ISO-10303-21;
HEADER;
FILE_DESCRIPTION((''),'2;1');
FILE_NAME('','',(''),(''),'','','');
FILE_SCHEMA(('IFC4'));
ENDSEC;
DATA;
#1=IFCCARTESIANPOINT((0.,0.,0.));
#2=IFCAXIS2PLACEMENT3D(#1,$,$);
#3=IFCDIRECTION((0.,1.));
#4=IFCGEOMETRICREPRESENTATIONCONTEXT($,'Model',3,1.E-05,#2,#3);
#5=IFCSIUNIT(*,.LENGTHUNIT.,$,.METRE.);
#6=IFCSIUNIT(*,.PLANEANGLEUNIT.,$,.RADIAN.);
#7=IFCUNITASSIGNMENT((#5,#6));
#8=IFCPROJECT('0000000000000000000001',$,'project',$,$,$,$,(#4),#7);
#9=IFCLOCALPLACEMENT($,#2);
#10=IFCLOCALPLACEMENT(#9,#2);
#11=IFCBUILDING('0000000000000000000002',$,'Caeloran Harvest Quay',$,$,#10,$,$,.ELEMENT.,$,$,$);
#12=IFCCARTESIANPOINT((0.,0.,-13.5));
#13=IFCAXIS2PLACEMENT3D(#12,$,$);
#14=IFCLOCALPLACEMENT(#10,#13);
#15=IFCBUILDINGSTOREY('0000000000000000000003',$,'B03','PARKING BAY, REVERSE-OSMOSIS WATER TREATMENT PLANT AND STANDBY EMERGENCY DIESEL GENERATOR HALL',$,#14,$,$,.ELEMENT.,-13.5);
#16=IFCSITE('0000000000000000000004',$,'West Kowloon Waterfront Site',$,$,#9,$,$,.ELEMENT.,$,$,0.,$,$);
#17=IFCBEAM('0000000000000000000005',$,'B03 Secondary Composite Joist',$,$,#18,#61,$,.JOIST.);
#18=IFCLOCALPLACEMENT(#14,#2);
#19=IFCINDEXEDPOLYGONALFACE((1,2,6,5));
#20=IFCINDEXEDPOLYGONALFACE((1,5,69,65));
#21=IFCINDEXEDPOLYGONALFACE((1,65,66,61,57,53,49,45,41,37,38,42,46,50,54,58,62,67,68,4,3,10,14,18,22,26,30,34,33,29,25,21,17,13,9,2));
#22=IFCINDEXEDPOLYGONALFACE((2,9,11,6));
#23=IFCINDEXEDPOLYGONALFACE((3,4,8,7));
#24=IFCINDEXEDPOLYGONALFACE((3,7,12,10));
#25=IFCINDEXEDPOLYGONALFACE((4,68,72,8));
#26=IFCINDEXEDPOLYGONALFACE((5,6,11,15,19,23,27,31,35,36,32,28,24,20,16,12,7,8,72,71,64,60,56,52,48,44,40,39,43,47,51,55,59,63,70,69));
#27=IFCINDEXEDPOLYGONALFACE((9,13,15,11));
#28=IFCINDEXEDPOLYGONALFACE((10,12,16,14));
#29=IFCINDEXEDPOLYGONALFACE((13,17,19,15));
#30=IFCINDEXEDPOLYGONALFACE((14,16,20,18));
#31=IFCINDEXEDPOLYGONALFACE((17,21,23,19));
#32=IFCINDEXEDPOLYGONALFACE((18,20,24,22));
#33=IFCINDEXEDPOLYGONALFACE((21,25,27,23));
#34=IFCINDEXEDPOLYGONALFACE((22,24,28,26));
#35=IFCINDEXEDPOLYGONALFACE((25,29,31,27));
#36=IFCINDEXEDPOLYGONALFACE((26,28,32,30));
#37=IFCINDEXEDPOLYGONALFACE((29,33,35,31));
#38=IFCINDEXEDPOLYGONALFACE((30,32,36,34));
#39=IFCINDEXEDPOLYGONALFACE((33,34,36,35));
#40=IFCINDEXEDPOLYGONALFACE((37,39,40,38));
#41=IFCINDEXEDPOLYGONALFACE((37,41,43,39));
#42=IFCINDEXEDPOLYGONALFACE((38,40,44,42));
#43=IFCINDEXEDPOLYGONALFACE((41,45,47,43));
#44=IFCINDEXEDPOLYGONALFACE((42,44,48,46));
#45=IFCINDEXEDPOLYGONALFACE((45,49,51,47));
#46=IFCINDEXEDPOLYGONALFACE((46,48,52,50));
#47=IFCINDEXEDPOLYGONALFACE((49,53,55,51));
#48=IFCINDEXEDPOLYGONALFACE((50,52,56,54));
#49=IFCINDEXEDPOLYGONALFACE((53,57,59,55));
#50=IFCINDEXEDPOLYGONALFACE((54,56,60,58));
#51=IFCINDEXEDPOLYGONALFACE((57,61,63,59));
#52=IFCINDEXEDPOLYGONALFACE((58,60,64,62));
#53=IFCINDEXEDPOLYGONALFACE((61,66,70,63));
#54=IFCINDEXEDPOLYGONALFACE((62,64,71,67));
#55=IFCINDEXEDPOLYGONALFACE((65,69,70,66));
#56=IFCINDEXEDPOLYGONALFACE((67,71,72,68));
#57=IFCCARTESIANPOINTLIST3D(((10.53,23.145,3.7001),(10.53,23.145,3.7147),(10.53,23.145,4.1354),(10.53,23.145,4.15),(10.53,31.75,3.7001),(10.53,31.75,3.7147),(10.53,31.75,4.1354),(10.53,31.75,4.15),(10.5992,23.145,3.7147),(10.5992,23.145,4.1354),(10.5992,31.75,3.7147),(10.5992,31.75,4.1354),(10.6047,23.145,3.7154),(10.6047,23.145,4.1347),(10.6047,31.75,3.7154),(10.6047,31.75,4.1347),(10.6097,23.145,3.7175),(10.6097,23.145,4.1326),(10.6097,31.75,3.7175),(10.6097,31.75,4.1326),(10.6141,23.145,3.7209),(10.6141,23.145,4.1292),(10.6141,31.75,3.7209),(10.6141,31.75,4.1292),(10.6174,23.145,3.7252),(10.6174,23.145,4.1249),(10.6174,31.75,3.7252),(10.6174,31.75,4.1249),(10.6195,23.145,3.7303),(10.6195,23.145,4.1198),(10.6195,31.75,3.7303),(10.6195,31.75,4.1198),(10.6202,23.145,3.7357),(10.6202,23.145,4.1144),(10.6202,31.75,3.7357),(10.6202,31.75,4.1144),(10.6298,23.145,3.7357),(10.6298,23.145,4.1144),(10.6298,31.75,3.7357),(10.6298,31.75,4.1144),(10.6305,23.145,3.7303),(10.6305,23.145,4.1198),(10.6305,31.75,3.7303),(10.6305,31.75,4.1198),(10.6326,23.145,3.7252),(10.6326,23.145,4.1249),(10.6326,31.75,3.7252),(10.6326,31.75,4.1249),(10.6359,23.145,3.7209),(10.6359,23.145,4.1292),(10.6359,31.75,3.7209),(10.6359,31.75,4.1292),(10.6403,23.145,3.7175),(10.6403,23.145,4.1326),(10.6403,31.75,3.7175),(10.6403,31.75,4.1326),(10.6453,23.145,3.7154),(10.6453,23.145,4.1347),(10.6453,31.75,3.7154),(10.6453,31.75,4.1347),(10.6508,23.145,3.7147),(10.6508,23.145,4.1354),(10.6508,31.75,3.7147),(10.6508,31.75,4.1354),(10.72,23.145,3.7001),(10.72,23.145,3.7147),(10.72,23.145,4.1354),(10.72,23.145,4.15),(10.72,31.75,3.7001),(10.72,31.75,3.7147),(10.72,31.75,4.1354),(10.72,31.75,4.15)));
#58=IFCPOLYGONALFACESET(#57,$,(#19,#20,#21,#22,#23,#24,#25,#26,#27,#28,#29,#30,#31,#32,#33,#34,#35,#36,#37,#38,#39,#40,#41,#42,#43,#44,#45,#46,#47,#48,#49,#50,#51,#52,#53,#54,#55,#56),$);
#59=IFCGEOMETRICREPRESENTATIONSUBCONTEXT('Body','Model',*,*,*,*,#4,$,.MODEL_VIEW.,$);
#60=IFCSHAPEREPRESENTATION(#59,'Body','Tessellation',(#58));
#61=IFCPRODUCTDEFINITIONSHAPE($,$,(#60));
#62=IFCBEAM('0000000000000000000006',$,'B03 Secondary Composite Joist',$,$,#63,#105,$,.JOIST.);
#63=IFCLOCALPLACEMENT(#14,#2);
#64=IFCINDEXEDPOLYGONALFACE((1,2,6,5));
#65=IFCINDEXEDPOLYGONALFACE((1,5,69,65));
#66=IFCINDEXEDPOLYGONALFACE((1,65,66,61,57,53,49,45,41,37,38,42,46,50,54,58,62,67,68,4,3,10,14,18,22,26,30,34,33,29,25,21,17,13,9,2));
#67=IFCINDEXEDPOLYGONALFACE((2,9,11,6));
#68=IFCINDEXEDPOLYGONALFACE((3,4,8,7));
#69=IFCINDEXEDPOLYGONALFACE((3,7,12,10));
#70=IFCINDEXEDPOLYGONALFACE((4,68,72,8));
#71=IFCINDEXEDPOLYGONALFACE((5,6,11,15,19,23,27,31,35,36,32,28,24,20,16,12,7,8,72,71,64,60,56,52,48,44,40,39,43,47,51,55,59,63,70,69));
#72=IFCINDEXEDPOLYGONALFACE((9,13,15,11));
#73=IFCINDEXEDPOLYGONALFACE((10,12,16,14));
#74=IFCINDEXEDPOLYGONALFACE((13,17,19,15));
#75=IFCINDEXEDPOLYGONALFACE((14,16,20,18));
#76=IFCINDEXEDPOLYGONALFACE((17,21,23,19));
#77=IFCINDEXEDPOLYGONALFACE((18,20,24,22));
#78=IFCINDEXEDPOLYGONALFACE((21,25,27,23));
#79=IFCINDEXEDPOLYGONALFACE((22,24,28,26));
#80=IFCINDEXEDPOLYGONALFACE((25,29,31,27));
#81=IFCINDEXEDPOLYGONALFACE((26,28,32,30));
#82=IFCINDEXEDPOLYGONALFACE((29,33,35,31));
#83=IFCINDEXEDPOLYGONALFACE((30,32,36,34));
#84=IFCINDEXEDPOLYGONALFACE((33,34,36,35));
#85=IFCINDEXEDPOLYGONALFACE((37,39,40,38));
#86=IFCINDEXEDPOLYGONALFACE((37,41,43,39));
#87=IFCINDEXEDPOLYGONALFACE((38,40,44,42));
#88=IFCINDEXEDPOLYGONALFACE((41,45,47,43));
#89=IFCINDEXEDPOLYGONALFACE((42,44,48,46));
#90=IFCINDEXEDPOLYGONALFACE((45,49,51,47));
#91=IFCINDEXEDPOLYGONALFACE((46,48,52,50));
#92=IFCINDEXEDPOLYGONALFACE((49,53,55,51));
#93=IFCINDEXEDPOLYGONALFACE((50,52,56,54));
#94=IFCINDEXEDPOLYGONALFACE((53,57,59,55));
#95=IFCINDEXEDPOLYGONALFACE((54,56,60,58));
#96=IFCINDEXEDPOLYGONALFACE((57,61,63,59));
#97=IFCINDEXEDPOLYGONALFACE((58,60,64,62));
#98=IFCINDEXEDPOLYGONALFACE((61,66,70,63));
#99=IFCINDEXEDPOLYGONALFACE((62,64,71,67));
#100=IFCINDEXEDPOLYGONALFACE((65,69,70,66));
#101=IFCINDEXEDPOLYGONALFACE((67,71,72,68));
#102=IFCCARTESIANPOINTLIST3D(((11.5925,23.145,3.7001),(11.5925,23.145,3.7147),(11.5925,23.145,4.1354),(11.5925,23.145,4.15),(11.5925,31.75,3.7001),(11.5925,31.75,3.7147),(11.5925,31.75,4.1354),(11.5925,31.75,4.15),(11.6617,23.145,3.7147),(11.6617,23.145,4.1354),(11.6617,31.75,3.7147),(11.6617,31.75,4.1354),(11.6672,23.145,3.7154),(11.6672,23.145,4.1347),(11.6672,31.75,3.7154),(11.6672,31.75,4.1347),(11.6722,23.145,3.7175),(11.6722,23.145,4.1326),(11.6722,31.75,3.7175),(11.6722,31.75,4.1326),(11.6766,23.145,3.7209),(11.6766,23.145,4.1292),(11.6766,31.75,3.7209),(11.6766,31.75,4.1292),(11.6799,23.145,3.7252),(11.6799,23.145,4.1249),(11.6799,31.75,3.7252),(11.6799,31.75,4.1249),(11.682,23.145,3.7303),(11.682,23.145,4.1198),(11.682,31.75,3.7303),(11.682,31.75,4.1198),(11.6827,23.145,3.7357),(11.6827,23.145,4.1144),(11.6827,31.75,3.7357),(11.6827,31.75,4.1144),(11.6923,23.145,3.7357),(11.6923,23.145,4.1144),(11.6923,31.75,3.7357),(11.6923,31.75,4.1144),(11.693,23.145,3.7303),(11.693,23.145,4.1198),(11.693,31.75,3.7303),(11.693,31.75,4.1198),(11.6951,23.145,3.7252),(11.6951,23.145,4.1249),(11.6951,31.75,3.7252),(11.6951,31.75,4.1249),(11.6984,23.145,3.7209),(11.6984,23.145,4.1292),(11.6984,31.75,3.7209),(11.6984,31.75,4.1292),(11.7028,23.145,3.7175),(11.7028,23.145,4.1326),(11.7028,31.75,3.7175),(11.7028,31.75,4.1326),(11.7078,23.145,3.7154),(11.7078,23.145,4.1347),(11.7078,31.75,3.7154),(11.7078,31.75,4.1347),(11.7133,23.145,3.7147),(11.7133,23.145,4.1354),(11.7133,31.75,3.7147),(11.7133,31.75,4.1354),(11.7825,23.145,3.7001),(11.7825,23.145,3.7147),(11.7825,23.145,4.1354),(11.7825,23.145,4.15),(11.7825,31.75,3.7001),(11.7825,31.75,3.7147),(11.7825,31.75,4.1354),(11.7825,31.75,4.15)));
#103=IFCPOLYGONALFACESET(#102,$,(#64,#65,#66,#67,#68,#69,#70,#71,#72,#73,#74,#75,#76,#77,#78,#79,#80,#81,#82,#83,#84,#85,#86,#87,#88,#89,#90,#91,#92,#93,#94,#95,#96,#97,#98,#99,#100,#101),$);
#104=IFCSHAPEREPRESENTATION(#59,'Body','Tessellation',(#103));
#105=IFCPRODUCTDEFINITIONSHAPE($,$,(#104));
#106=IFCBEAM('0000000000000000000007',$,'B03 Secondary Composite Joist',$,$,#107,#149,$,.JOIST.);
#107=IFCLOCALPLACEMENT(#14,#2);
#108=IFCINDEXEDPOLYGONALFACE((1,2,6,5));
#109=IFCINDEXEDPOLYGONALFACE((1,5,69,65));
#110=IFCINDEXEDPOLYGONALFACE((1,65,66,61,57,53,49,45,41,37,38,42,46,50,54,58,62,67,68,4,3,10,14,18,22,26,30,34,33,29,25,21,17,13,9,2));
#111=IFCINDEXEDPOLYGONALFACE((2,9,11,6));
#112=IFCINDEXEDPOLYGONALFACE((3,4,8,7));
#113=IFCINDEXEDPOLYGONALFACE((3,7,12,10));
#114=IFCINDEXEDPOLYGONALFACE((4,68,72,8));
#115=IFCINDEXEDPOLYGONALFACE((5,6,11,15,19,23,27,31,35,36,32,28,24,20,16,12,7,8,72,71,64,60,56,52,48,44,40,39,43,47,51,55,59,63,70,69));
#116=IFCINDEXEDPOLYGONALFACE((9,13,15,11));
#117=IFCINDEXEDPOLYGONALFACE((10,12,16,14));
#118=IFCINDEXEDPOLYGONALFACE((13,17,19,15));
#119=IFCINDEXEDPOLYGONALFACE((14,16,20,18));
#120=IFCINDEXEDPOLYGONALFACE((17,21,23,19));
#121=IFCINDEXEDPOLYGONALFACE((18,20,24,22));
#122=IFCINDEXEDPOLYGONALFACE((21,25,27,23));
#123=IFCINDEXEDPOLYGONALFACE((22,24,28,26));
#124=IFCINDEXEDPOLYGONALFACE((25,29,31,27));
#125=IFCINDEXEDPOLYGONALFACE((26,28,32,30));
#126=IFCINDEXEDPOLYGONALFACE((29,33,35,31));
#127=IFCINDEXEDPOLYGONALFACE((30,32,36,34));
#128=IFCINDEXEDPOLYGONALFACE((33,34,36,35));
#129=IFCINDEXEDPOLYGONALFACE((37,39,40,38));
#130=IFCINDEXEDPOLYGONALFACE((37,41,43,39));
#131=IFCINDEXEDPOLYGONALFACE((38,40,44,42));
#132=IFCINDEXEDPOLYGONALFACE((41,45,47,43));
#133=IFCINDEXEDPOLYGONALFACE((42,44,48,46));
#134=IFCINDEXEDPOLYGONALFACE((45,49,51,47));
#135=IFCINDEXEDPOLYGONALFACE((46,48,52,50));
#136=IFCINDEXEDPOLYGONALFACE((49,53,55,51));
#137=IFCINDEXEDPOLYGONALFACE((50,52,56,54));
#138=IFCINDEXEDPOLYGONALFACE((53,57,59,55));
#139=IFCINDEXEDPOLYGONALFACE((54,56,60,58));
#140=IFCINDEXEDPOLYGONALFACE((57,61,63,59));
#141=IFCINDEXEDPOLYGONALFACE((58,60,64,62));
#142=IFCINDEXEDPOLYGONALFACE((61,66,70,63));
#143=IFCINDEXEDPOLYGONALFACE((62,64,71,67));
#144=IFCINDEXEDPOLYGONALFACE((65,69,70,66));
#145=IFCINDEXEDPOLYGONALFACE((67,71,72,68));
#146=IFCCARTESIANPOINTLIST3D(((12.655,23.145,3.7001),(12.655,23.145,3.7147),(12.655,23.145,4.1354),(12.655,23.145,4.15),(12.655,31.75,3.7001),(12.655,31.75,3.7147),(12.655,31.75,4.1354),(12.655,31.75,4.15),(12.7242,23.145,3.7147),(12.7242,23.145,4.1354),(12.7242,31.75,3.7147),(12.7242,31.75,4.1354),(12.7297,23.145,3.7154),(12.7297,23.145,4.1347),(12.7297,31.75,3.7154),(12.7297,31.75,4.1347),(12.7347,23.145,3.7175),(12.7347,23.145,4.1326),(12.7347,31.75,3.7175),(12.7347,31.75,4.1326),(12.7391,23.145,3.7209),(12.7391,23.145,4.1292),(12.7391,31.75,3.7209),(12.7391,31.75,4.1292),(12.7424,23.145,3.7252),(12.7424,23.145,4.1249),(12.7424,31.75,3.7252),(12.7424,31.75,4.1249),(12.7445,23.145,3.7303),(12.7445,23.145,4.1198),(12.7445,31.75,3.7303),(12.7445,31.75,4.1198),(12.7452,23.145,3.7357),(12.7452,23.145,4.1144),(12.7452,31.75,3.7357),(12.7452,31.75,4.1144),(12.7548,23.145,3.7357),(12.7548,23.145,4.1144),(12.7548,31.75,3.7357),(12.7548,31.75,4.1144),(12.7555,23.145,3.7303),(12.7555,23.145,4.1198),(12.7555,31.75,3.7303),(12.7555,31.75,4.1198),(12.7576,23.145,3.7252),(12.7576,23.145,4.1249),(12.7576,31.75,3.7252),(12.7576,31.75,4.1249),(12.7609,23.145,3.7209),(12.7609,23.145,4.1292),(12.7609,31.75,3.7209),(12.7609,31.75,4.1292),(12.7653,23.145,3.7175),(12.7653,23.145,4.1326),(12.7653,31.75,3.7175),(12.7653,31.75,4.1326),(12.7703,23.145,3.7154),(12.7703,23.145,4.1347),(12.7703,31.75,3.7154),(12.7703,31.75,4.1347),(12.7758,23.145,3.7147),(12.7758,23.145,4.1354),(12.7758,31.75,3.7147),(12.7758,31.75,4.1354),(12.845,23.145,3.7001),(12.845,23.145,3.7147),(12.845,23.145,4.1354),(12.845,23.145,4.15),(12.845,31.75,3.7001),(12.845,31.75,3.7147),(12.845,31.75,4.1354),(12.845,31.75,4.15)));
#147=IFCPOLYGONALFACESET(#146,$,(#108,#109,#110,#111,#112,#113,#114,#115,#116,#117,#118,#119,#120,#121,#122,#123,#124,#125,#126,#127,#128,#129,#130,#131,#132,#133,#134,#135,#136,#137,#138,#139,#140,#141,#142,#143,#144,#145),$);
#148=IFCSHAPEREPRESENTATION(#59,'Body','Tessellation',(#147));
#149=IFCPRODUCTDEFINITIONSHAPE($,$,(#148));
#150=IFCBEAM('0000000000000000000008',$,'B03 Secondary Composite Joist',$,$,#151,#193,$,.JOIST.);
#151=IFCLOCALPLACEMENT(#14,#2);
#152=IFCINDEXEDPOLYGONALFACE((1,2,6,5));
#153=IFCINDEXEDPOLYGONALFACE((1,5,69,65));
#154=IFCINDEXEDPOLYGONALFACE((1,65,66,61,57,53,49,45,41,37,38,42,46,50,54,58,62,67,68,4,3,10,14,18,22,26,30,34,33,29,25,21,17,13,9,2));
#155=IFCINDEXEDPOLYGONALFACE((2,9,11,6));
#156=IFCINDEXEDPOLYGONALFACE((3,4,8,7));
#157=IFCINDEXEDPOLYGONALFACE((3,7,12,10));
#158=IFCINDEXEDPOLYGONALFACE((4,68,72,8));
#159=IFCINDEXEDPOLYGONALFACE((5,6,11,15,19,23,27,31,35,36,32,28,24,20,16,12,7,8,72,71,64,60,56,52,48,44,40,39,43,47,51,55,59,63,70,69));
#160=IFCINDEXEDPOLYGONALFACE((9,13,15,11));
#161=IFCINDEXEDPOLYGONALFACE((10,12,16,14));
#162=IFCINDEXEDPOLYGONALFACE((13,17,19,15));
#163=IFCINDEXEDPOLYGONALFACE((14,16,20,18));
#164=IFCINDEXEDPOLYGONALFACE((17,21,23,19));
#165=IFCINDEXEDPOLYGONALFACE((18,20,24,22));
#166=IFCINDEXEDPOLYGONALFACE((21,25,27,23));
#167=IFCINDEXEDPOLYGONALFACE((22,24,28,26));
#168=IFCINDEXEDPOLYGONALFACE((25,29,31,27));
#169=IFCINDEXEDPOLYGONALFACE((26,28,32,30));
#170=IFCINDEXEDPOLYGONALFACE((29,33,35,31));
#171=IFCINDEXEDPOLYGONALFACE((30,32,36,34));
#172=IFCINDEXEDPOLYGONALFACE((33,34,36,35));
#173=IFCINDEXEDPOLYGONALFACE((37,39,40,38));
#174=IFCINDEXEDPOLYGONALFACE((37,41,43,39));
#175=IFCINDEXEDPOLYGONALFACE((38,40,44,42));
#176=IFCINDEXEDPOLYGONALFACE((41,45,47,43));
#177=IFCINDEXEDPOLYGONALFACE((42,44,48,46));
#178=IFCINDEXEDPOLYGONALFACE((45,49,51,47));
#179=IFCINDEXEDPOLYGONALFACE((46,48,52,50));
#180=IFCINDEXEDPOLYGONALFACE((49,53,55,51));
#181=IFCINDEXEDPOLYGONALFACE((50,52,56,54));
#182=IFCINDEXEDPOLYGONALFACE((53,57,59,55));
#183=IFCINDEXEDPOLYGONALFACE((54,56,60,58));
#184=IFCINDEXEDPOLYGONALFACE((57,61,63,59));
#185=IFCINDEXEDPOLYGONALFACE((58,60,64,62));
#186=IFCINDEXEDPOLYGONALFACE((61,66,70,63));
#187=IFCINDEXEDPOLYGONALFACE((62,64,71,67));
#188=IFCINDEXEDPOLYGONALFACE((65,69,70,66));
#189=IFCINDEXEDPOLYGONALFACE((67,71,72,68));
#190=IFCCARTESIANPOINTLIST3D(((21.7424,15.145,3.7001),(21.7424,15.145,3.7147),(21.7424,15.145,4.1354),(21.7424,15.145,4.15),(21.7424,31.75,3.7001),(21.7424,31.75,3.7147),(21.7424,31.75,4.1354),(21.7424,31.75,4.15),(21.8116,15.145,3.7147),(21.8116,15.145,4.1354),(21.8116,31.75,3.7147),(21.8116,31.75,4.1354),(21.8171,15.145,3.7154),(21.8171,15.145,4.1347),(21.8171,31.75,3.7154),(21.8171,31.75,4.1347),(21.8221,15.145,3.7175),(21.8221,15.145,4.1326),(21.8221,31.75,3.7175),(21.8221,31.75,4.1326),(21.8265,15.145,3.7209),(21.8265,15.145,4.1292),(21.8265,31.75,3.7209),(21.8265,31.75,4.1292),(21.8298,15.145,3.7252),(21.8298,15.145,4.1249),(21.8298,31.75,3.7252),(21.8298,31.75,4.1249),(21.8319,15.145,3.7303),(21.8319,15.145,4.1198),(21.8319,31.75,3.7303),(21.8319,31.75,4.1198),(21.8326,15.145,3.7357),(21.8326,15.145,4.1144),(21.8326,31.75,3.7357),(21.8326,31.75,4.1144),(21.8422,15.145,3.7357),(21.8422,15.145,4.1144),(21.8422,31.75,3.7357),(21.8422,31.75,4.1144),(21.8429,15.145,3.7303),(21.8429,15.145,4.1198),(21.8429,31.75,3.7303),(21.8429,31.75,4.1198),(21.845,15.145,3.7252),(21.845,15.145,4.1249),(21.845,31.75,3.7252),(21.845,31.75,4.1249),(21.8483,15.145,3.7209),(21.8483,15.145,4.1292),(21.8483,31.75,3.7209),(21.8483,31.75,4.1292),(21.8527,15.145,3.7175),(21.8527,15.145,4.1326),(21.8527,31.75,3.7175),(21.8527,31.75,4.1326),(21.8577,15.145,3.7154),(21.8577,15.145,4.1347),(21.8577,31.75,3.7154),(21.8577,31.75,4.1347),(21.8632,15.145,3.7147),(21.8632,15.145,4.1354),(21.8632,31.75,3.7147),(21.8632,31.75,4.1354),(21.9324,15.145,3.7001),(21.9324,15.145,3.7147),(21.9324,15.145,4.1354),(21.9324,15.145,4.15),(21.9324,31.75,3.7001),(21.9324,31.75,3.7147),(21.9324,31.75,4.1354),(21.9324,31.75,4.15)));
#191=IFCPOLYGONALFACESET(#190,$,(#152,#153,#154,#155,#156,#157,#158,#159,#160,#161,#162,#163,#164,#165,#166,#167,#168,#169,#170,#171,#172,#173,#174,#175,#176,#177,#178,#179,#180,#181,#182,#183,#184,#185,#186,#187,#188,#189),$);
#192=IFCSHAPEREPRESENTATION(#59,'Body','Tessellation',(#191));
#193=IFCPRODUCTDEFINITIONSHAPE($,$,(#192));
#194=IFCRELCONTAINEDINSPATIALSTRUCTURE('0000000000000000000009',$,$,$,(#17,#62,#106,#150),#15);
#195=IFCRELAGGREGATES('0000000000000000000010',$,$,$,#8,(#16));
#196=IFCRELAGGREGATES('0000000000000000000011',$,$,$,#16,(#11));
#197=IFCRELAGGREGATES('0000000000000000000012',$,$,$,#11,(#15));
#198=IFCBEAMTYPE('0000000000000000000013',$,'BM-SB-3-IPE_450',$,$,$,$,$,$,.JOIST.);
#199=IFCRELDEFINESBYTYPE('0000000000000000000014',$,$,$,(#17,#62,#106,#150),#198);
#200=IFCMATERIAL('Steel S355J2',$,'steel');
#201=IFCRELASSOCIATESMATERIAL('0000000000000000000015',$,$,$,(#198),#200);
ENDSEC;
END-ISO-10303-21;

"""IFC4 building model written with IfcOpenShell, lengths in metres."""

from ifc_helpers import new_model, si_unit, direction, frame, origin, origin_2d, place, context, subcontext, project, spatial, i_section, extrude, material, material_profile, profile_set, type_object, element, save


model = new_model("IFC4")

# Units and contexts
model_context = context("Model", 3, precision=1e-05, world=origin(), true_north=direction((0.0, 1.0)))
body_context = subcontext(model_context, "Body", "Model", "MODEL_VIEW")
ifc_project = project(units=[si_unit("LENGTHUNIT", "METRE"), si_unit("PLANEANGLEUNIT", "RADIAN")], contexts=[model_context])

# Site, building, storey
site_placement = place(None, origin())
site = spatial("IfcSite", under=ifc_project, at=site_placement, Name="West Kowloon Waterfront Site", CompositionType="ELEMENT", RefElevation=0.0)
building_placement = place(site_placement, origin())
building = spatial("IfcBuilding", under=site, at=building_placement, Name="Caeloran Harvest Quay", CompositionType="ELEMENT")
storey_placement = place(building_placement, frame((0.0, 0.0, -13.5)))
storey = spatial("IfcBuildingStorey", under=building, at=storey_placement, Name="B03", Description="PARKING BAY, REVERSE-OSMOSIS WATER TREATMENT PLANT AND STANDBY EMERGENCY DIESEL GENERATOR HALL", CompositionType="ELEMENT", Elevation=-13.5)

# Beams
ifc_material_1 = material(Name="Steel S355J2", Category="steel")
ifc_material_profile_1 = material_profile(ifc_material_1, i_section(OverallWidth=0.1899, OverallDepth=0.45, WebThickness=0.0095, FlangeThickness=0.0146, FilletRadius=0.021, at=origin_2d()), Name="IPE 450")
ifc_profile_set_1 = profile_set([ifc_material_profile_1], Name="Steel S355J2")
beam_type_1 = type_object("IfcBeamType", Name="BM-SB-3-IPE_450", PredefinedType="JOIST", material=ifc_profile_set_1)
for number, where, z_axis, x_axis, name in (
    (1, (10.625, 23.145, 3.925), (0.0, 1.0, 0.0), (-1.0, 0.0, 0.0), "B03 Secondary Composite Joist"),
    (2, (11.6875, 23.145, 3.925), (0.0, 1.0, 0.0), (-1.0, 0.0, 0.0), "B03 Secondary Composite Joist"),
    (3, (12.75, 23.145, 3.925), (0.0, 1.0, 0.0), (-1.0, 0.0, 0.0), "B03 Secondary Composite Joist"),
):
    element("IfcBeam", number, at=place(storey_placement, frame(where, z_axis=z_axis, x_axis=x_axis)), inside=storey, type_object=beam_type_1, Name=name, PredefinedType="JOIST", context=body_context, shape_type="SweptSolid", body=[
        extrude(i_section(OverallWidth=0.1899, OverallDepth=0.45, WebThickness=0.0095, FlangeThickness=0.0146, FilletRadius=0.021, at=origin_2d()), origin(), (0.0, 0.0, 1.0), 8.605),
    ])
for number, where, z_axis, x_axis, name in (
    (4, (21.8374, 15.145, 3.925), (0.0, 1.0, 0.0), (-1.0, 0.0, 0.0), "B03 Secondary Composite Joist"),
):
    element("IfcBeam", number, at=place(storey_placement, frame(where, z_axis=z_axis, x_axis=x_axis)), inside=storey, type_object=beam_type_1, Name=name, PredefinedType="JOIST", context=body_context, shape_type="SweptSolid", body=[
        extrude(i_section(OverallWidth=0.1899, OverallDepth=0.45, WebThickness=0.0095, FlangeThickness=0.0146, FilletRadius=0.021, at=origin_2d()), origin(), (0.0, 0.0, 1.0), 16.605),
    ])

save(model, "model.ifc")
